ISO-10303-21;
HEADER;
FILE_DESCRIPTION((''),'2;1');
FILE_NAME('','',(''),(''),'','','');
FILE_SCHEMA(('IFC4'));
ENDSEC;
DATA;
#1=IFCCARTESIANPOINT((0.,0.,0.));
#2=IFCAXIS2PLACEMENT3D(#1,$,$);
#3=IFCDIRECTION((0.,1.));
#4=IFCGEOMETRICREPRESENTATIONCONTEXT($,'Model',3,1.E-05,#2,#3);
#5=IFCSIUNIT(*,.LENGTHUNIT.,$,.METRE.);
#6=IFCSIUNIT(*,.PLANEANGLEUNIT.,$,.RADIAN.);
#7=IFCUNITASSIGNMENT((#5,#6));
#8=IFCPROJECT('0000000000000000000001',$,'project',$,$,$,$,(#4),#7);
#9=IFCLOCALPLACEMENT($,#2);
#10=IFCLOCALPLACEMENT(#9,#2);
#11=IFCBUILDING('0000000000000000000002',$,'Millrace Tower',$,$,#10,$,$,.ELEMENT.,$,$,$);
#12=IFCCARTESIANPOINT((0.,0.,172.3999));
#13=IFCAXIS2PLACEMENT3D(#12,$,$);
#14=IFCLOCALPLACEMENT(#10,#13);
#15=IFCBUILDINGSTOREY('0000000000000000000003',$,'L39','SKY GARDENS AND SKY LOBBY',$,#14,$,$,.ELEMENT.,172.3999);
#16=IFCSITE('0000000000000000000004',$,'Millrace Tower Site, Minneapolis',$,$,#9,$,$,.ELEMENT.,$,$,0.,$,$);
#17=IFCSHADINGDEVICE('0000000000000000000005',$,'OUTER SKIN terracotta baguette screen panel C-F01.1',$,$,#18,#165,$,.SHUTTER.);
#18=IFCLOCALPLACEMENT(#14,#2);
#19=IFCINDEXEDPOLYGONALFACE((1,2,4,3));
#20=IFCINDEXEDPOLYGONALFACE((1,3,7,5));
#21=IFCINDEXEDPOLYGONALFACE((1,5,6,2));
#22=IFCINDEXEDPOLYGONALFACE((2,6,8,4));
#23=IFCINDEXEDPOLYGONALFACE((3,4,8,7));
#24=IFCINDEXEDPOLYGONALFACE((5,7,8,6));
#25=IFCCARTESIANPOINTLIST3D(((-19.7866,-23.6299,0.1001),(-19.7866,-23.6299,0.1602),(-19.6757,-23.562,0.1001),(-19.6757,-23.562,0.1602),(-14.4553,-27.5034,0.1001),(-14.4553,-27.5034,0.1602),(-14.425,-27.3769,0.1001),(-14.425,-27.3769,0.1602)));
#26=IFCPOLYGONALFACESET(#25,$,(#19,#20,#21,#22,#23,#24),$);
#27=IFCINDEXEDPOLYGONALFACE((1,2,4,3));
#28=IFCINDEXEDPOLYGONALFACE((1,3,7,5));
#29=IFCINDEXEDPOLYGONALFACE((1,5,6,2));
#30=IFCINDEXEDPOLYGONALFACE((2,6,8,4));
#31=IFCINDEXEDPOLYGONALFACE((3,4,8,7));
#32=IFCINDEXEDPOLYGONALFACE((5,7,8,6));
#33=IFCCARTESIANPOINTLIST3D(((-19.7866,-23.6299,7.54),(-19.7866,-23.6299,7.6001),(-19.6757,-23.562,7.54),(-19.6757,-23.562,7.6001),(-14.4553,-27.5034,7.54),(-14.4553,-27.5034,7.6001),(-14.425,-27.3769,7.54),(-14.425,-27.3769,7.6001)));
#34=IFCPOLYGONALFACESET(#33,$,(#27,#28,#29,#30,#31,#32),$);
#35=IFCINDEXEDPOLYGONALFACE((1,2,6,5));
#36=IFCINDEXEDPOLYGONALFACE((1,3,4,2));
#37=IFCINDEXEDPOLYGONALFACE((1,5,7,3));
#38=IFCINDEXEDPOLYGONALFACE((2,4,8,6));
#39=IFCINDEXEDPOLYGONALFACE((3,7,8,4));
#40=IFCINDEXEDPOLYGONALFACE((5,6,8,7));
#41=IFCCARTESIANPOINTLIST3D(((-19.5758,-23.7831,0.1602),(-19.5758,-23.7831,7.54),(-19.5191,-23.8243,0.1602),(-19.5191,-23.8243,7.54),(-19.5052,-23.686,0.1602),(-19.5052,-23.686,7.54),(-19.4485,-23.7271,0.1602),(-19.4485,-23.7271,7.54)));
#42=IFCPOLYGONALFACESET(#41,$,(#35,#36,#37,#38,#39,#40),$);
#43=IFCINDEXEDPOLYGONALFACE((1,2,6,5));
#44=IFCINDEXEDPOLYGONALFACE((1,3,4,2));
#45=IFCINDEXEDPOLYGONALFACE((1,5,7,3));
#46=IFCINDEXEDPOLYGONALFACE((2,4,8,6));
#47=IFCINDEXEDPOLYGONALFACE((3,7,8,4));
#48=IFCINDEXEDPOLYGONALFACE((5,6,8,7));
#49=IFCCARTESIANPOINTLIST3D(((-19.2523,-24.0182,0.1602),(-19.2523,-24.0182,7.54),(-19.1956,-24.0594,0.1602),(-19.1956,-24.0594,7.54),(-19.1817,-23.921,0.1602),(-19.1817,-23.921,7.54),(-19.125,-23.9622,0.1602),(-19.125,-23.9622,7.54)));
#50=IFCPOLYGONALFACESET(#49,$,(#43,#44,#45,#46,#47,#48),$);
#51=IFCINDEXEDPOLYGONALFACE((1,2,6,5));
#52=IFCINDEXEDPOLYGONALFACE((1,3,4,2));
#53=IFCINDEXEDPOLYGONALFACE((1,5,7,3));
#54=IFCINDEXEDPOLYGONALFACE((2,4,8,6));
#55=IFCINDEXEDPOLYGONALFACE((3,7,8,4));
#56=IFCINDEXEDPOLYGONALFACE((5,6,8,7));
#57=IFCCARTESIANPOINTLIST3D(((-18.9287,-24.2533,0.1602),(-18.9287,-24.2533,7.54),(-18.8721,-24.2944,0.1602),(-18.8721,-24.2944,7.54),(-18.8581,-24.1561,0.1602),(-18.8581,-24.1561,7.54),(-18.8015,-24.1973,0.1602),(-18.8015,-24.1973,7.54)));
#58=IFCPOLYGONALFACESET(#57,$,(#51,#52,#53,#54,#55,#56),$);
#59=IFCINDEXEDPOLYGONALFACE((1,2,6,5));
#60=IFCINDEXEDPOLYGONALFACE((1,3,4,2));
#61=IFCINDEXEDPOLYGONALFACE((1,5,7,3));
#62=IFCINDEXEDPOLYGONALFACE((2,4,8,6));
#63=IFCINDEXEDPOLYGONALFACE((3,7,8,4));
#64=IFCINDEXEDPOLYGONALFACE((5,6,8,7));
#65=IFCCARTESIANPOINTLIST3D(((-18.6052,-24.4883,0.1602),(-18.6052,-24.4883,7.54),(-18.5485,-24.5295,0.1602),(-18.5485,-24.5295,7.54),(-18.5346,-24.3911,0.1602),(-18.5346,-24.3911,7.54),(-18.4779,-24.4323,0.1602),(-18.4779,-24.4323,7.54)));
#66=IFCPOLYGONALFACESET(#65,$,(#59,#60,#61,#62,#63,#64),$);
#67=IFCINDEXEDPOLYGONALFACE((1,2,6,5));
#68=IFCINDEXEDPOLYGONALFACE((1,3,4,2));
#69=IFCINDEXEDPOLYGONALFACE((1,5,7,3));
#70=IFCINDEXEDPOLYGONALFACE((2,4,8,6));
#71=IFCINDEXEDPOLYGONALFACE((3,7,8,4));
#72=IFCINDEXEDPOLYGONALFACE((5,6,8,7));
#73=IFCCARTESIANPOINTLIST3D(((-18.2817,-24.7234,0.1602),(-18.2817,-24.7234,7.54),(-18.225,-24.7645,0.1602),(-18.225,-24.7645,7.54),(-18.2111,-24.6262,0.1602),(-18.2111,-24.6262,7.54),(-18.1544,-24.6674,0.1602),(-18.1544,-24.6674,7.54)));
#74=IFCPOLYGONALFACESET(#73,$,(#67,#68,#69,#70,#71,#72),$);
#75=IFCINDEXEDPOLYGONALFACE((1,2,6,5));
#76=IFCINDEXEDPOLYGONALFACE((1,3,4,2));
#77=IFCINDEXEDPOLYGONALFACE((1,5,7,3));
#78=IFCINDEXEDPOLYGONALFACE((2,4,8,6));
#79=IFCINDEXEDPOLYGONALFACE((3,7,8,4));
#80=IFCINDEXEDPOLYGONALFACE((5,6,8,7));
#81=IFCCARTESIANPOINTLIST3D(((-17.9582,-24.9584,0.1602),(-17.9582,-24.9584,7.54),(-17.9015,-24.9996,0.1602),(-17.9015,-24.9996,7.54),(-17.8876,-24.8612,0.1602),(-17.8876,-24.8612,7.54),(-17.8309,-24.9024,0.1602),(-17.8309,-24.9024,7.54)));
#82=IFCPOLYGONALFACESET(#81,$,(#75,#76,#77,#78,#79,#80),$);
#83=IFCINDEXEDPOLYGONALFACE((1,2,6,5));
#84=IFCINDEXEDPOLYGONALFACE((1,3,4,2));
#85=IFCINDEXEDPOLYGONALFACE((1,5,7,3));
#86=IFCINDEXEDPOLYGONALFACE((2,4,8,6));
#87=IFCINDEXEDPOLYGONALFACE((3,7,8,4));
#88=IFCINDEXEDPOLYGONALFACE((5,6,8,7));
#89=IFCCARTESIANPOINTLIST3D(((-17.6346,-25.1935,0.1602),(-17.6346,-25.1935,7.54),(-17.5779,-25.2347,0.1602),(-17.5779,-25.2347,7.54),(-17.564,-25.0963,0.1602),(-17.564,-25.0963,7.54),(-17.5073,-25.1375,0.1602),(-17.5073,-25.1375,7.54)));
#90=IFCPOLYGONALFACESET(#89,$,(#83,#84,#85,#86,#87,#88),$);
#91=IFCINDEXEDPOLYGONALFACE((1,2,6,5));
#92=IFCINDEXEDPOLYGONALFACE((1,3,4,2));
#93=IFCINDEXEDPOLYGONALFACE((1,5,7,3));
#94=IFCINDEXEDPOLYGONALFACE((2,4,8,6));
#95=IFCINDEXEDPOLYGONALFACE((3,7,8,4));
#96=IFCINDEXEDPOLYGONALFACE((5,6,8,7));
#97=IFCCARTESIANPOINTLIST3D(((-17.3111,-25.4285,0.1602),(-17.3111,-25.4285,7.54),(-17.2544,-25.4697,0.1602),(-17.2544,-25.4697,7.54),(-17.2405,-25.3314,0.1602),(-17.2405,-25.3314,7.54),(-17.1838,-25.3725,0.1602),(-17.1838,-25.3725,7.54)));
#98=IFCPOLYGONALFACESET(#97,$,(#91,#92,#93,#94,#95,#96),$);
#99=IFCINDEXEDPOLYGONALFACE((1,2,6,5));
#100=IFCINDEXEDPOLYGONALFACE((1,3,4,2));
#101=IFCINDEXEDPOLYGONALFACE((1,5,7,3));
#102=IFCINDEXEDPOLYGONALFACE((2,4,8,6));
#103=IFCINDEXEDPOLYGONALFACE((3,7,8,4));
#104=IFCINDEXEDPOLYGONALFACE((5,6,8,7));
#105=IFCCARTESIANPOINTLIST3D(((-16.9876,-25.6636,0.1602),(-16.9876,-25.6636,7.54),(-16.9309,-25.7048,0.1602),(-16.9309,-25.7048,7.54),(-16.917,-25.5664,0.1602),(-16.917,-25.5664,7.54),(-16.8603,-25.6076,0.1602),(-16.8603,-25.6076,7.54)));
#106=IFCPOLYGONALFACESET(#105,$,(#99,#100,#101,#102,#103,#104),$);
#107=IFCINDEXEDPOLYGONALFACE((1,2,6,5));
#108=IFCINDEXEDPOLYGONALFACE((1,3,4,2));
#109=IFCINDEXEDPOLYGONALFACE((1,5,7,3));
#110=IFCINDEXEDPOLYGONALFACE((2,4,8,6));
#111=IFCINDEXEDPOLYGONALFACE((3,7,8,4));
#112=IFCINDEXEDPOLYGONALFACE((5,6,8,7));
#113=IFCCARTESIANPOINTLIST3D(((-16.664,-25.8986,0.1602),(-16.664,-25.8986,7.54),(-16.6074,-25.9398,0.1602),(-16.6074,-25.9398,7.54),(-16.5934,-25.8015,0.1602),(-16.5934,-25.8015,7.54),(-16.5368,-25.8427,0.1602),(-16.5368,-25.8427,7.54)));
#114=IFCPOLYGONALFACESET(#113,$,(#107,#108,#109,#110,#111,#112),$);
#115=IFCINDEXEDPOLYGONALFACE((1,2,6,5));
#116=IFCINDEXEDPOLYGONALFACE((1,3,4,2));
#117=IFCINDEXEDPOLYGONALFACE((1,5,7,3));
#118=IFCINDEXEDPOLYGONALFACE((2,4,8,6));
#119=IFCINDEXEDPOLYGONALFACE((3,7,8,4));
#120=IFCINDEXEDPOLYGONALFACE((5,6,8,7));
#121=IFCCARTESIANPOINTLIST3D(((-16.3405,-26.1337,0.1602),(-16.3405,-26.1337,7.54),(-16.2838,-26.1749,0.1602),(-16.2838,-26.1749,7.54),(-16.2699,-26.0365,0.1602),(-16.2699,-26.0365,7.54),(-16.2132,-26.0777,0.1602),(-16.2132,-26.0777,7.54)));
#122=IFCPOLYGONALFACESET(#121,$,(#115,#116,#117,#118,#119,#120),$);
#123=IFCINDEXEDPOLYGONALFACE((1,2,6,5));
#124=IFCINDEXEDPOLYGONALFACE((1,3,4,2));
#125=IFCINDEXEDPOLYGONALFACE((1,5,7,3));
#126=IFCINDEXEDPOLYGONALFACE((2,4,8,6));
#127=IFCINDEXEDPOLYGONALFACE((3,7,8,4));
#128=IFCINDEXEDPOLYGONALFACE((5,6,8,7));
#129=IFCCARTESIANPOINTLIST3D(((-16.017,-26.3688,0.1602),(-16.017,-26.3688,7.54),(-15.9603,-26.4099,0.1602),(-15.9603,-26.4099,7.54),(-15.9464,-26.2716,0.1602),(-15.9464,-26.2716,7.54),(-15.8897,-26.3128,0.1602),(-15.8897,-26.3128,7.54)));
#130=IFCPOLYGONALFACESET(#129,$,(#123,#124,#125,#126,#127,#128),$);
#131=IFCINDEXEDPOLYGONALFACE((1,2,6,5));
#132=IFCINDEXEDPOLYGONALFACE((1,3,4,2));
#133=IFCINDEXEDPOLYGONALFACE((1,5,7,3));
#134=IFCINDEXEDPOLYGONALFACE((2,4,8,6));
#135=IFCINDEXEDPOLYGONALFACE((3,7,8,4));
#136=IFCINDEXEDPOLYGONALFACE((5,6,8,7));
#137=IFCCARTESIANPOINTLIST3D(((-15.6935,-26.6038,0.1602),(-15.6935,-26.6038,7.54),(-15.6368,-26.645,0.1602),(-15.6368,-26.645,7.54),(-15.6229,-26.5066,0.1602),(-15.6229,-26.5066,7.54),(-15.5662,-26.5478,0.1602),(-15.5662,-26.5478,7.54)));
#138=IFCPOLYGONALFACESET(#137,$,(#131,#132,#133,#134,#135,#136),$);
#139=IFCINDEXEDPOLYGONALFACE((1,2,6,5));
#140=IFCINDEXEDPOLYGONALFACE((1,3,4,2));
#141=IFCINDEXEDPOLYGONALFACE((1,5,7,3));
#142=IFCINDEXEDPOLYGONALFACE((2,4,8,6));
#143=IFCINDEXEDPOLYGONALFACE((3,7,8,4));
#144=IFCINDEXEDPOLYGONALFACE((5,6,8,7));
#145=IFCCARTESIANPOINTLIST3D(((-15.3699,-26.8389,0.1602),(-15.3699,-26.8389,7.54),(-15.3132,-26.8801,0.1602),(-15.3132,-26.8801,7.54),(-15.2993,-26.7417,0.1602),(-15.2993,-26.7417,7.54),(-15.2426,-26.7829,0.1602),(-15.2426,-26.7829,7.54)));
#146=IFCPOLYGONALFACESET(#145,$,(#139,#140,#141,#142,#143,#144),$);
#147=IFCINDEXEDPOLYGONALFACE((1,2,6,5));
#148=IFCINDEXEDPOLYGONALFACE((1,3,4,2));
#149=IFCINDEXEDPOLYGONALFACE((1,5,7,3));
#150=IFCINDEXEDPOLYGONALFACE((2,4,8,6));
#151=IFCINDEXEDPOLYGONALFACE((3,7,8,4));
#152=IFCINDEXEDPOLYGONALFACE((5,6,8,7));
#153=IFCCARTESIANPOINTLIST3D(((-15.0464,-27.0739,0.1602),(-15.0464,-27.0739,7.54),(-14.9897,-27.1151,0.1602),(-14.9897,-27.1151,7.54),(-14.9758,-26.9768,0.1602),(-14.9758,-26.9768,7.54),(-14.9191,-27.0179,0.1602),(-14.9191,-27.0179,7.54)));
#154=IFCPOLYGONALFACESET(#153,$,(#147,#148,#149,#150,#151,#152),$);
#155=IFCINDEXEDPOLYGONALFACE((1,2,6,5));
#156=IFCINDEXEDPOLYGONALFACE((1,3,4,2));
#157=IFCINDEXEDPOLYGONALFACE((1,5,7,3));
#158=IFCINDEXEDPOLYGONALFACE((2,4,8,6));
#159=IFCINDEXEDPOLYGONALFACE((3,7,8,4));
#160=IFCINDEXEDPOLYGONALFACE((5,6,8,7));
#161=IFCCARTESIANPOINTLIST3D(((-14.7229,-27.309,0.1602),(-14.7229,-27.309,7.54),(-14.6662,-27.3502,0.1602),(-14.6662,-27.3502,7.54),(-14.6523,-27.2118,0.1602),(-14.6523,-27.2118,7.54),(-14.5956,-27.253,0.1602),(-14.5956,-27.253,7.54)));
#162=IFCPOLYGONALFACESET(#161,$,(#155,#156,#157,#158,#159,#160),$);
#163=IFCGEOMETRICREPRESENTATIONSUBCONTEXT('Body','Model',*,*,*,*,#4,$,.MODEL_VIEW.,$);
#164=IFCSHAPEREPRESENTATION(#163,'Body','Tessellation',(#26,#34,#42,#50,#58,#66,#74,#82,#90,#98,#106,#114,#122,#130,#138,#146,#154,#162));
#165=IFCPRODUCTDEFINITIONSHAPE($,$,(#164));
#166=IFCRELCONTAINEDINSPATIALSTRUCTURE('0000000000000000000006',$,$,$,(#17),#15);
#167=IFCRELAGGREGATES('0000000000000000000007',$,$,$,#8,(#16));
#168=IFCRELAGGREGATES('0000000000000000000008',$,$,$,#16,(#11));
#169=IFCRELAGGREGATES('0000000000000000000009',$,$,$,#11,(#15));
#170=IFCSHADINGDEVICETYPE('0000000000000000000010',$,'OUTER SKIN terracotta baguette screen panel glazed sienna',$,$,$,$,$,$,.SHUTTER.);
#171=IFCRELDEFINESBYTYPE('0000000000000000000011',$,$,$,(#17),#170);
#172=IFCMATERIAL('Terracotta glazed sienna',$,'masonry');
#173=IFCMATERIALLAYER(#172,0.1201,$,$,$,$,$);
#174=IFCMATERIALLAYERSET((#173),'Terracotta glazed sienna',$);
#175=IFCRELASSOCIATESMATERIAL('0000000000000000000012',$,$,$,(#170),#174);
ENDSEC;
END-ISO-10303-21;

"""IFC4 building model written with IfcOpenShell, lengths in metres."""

from ifc_helpers import new_model, entity, si_unit, direction, frame, frame_2d, origin, place, context, subcontext, project, spatial, rectangle, extrude, source, transform, mapped, material, layer, layer_set, type_object, element, save


model = new_model("IFC4")

# Units and contexts
model_context = context("Model", 3, precision=1e-05, world=origin(), true_north=direction((0.0, 1.0)))
body_context = subcontext(model_context, "Body", "Model", "MODEL_VIEW")
ifc_project = project(units=[si_unit("LENGTHUNIT", "METRE"), si_unit("PLANEANGLEUNIT", "RADIAN")], contexts=[model_context])

# Site, building, storey
site_placement = place(None, origin())
site = spatial("IfcSite", under=ifc_project, at=site_placement, Name="Millrace Tower Site, Minneapolis", CompositionType="ELEMENT", RefElevation=0.0)
building_placement = place(site_placement, origin())
building = spatial("IfcBuilding", under=site, at=building_placement, Name="Millrace Tower", CompositionType="ELEMENT")
storey_placement = place(building_placement, frame((0.0, 0.0, 172.3999)))
storey = spatial("IfcBuildingStorey", under=building, at=storey_placement, Name="L39", Description="SKY GARDENS AND SKY LOBBY", CompositionType="ELEMENT", Elevation=172.3999)

# Shading device
ifc_material_1 = material(Name="Terracotta glazed sienna", Category="masonry")
ifc_layer_1 = layer(ifc_material_1, 0.1201)
ifc_layer_set_1 = layer_set([ifc_layer_1], Name="Terracotta glazed sienna")
shading_device_type = type_object("IfcShadingDeviceType", Name="OUTER SKIN terracotta baguette screen panel glazed sienna", PredefinedType="SHUTTER", material=ifc_layer_set_1)
cartesian_point_1 = entity("IfcCartesianPoint", [-3.2451, 0.0601])
shared_polyline_1 = entity("IfcPolyline", [cartesian_point_1, entity("IfcCartesianPoint", [3.2451, 0.0601]), entity("IfcCartesianPoint", [3.2949, -0.0601]), entity("IfcCartesianPoint", [-3.2949, -0.0601]), cartesian_point_1])
shared_shape_1 = source(origin(), body_context, "Body", "SweptSolid", [
    entity("IfcExtrudedAreaSolid", entity("IfcArbitraryClosedProfileDef", "AREA", None, shared_polyline_1), entity("IfcAxis2Placement3D", entity("IfcCartesianPoint", [0.0, 0.0, 0.0])), entity("IfcDirection", [0.0, 0.0, 1.0]), 0.0601),
    entity("IfcExtrudedAreaSolid", entity("IfcArbitraryClosedProfileDef", "AREA", None, shared_polyline_1), entity("IfcAxis2Placement3D", entity("IfcCartesianPoint", [0.0, 0.0, 7.4399])), entity("IfcDirection", [0.0, 0.0, 1.0]), 0.0601),
    extrude(rectangle(XDim=0.0701, YDim=0.1201, at=frame_2d((-2.9993, 0.0))), frame((0.0, 0.0, 0.0601)), (0.0, 0.0, 1.0), 7.3799),
    extrude(rectangle(XDim=0.0701, YDim=0.1201, at=frame_2d((-2.5994, 0.0))), frame((0.0, 0.0, 0.0601)), (0.0, 0.0, 1.0), 7.3799),
    extrude(rectangle(XDim=0.0701, YDim=0.1201, at=frame_2d((-2.1995, 0.0))), frame((0.0, 0.0, 0.0601)), (0.0, 0.0, 1.0), 7.3799),
    extrude(rectangle(XDim=0.0701, YDim=0.1201, at=frame_2d((-1.7996, 0.0))), frame((0.0, 0.0, 0.0601)), (0.0, 0.0, 1.0), 7.3799),
    extrude(rectangle(XDim=0.0701, YDim=0.1201, at=frame_2d((-1.3997, 0.0))), frame((0.0, 0.0, 0.0601)), (0.0, 0.0, 1.0), 7.3799),
    extrude(rectangle(XDim=0.0701, YDim=0.1201, at=frame_2d((-0.9998, 0.0))), frame((0.0, 0.0, 0.0601)), (0.0, 0.0, 1.0), 7.3799),
    extrude(rectangle(XDim=0.0701, YDim=0.1201, at=frame_2d((-0.5999, 0.0))), frame((0.0, 0.0, 0.0601)), (0.0, 0.0, 1.0), 7.3799),
    extrude(rectangle(XDim=0.0701, YDim=0.1201, at=frame_2d((-0.2, 0.0))), frame((0.0, 0.0, 0.0601)), (0.0, 0.0, 1.0), 7.3799),
    extrude(rectangle(XDim=0.0701, YDim=0.1201, at=frame_2d((0.2, 0.0))), frame((0.0, 0.0, 0.0601)), (0.0, 0.0, 1.0), 7.3799),
    extrude(rectangle(XDim=0.0701, YDim=0.1201, at=frame_2d((0.5999, 0.0))), frame((0.0, 0.0, 0.0601)), (0.0, 0.0, 1.0), 7.3799),
    extrude(rectangle(XDim=0.0701, YDim=0.1201, at=frame_2d((0.9998, 0.0))), frame((0.0, 0.0, 0.0601)), (0.0, 0.0, 1.0), 7.3799),
    extrude(rectangle(XDim=0.0701, YDim=0.1201, at=frame_2d((1.3997, 0.0))), frame((0.0, 0.0, 0.0601)), (0.0, 0.0, 1.0), 7.3799),
    extrude(rectangle(XDim=0.0701, YDim=0.1201, at=frame_2d((1.7996, 0.0))), frame((0.0, 0.0, 0.0601)), (0.0, 0.0, 1.0), 7.3799),
    extrude(rectangle(XDim=0.0701, YDim=0.1201, at=frame_2d((2.1995, 0.0))), frame((0.0, 0.0, 0.0601)), (0.0, 0.0, 1.0), 7.3799),
    extrude(rectangle(XDim=0.0701, YDim=0.1201, at=frame_2d((2.5994, 0.0))), frame((0.0, 0.0, 0.0601)), (0.0, 0.0, 1.0), 7.3799),
    extrude(rectangle(XDim=0.0701, YDim=0.1201, at=frame_2d((2.9993, 0.0))), frame((0.0, 0.0, 0.0601)), (0.0, 0.0, 1.0), 7.3799),
])
shading_device_1_placement = place(storey_placement, frame((-17.0857, -25.5181, 0.1001), z_axis=(0.0, 0.0, 1.0), x_axis=(0.809017, -0.587785, 0.0)))
element("IfcShadingDevice", 1, at=shading_device_1_placement, inside=storey, type_object=shading_device_type, Name="OUTER SKIN terracotta baguette screen panel C-F01.1", PredefinedType="SHUTTER", context=body_context, shape_type="MappedRepresentation", body=[
    mapped(shared_shape_1, transform((0.0, 0.0, 0.0), scale=1.0)),
])

save(model, "model.ifc")
